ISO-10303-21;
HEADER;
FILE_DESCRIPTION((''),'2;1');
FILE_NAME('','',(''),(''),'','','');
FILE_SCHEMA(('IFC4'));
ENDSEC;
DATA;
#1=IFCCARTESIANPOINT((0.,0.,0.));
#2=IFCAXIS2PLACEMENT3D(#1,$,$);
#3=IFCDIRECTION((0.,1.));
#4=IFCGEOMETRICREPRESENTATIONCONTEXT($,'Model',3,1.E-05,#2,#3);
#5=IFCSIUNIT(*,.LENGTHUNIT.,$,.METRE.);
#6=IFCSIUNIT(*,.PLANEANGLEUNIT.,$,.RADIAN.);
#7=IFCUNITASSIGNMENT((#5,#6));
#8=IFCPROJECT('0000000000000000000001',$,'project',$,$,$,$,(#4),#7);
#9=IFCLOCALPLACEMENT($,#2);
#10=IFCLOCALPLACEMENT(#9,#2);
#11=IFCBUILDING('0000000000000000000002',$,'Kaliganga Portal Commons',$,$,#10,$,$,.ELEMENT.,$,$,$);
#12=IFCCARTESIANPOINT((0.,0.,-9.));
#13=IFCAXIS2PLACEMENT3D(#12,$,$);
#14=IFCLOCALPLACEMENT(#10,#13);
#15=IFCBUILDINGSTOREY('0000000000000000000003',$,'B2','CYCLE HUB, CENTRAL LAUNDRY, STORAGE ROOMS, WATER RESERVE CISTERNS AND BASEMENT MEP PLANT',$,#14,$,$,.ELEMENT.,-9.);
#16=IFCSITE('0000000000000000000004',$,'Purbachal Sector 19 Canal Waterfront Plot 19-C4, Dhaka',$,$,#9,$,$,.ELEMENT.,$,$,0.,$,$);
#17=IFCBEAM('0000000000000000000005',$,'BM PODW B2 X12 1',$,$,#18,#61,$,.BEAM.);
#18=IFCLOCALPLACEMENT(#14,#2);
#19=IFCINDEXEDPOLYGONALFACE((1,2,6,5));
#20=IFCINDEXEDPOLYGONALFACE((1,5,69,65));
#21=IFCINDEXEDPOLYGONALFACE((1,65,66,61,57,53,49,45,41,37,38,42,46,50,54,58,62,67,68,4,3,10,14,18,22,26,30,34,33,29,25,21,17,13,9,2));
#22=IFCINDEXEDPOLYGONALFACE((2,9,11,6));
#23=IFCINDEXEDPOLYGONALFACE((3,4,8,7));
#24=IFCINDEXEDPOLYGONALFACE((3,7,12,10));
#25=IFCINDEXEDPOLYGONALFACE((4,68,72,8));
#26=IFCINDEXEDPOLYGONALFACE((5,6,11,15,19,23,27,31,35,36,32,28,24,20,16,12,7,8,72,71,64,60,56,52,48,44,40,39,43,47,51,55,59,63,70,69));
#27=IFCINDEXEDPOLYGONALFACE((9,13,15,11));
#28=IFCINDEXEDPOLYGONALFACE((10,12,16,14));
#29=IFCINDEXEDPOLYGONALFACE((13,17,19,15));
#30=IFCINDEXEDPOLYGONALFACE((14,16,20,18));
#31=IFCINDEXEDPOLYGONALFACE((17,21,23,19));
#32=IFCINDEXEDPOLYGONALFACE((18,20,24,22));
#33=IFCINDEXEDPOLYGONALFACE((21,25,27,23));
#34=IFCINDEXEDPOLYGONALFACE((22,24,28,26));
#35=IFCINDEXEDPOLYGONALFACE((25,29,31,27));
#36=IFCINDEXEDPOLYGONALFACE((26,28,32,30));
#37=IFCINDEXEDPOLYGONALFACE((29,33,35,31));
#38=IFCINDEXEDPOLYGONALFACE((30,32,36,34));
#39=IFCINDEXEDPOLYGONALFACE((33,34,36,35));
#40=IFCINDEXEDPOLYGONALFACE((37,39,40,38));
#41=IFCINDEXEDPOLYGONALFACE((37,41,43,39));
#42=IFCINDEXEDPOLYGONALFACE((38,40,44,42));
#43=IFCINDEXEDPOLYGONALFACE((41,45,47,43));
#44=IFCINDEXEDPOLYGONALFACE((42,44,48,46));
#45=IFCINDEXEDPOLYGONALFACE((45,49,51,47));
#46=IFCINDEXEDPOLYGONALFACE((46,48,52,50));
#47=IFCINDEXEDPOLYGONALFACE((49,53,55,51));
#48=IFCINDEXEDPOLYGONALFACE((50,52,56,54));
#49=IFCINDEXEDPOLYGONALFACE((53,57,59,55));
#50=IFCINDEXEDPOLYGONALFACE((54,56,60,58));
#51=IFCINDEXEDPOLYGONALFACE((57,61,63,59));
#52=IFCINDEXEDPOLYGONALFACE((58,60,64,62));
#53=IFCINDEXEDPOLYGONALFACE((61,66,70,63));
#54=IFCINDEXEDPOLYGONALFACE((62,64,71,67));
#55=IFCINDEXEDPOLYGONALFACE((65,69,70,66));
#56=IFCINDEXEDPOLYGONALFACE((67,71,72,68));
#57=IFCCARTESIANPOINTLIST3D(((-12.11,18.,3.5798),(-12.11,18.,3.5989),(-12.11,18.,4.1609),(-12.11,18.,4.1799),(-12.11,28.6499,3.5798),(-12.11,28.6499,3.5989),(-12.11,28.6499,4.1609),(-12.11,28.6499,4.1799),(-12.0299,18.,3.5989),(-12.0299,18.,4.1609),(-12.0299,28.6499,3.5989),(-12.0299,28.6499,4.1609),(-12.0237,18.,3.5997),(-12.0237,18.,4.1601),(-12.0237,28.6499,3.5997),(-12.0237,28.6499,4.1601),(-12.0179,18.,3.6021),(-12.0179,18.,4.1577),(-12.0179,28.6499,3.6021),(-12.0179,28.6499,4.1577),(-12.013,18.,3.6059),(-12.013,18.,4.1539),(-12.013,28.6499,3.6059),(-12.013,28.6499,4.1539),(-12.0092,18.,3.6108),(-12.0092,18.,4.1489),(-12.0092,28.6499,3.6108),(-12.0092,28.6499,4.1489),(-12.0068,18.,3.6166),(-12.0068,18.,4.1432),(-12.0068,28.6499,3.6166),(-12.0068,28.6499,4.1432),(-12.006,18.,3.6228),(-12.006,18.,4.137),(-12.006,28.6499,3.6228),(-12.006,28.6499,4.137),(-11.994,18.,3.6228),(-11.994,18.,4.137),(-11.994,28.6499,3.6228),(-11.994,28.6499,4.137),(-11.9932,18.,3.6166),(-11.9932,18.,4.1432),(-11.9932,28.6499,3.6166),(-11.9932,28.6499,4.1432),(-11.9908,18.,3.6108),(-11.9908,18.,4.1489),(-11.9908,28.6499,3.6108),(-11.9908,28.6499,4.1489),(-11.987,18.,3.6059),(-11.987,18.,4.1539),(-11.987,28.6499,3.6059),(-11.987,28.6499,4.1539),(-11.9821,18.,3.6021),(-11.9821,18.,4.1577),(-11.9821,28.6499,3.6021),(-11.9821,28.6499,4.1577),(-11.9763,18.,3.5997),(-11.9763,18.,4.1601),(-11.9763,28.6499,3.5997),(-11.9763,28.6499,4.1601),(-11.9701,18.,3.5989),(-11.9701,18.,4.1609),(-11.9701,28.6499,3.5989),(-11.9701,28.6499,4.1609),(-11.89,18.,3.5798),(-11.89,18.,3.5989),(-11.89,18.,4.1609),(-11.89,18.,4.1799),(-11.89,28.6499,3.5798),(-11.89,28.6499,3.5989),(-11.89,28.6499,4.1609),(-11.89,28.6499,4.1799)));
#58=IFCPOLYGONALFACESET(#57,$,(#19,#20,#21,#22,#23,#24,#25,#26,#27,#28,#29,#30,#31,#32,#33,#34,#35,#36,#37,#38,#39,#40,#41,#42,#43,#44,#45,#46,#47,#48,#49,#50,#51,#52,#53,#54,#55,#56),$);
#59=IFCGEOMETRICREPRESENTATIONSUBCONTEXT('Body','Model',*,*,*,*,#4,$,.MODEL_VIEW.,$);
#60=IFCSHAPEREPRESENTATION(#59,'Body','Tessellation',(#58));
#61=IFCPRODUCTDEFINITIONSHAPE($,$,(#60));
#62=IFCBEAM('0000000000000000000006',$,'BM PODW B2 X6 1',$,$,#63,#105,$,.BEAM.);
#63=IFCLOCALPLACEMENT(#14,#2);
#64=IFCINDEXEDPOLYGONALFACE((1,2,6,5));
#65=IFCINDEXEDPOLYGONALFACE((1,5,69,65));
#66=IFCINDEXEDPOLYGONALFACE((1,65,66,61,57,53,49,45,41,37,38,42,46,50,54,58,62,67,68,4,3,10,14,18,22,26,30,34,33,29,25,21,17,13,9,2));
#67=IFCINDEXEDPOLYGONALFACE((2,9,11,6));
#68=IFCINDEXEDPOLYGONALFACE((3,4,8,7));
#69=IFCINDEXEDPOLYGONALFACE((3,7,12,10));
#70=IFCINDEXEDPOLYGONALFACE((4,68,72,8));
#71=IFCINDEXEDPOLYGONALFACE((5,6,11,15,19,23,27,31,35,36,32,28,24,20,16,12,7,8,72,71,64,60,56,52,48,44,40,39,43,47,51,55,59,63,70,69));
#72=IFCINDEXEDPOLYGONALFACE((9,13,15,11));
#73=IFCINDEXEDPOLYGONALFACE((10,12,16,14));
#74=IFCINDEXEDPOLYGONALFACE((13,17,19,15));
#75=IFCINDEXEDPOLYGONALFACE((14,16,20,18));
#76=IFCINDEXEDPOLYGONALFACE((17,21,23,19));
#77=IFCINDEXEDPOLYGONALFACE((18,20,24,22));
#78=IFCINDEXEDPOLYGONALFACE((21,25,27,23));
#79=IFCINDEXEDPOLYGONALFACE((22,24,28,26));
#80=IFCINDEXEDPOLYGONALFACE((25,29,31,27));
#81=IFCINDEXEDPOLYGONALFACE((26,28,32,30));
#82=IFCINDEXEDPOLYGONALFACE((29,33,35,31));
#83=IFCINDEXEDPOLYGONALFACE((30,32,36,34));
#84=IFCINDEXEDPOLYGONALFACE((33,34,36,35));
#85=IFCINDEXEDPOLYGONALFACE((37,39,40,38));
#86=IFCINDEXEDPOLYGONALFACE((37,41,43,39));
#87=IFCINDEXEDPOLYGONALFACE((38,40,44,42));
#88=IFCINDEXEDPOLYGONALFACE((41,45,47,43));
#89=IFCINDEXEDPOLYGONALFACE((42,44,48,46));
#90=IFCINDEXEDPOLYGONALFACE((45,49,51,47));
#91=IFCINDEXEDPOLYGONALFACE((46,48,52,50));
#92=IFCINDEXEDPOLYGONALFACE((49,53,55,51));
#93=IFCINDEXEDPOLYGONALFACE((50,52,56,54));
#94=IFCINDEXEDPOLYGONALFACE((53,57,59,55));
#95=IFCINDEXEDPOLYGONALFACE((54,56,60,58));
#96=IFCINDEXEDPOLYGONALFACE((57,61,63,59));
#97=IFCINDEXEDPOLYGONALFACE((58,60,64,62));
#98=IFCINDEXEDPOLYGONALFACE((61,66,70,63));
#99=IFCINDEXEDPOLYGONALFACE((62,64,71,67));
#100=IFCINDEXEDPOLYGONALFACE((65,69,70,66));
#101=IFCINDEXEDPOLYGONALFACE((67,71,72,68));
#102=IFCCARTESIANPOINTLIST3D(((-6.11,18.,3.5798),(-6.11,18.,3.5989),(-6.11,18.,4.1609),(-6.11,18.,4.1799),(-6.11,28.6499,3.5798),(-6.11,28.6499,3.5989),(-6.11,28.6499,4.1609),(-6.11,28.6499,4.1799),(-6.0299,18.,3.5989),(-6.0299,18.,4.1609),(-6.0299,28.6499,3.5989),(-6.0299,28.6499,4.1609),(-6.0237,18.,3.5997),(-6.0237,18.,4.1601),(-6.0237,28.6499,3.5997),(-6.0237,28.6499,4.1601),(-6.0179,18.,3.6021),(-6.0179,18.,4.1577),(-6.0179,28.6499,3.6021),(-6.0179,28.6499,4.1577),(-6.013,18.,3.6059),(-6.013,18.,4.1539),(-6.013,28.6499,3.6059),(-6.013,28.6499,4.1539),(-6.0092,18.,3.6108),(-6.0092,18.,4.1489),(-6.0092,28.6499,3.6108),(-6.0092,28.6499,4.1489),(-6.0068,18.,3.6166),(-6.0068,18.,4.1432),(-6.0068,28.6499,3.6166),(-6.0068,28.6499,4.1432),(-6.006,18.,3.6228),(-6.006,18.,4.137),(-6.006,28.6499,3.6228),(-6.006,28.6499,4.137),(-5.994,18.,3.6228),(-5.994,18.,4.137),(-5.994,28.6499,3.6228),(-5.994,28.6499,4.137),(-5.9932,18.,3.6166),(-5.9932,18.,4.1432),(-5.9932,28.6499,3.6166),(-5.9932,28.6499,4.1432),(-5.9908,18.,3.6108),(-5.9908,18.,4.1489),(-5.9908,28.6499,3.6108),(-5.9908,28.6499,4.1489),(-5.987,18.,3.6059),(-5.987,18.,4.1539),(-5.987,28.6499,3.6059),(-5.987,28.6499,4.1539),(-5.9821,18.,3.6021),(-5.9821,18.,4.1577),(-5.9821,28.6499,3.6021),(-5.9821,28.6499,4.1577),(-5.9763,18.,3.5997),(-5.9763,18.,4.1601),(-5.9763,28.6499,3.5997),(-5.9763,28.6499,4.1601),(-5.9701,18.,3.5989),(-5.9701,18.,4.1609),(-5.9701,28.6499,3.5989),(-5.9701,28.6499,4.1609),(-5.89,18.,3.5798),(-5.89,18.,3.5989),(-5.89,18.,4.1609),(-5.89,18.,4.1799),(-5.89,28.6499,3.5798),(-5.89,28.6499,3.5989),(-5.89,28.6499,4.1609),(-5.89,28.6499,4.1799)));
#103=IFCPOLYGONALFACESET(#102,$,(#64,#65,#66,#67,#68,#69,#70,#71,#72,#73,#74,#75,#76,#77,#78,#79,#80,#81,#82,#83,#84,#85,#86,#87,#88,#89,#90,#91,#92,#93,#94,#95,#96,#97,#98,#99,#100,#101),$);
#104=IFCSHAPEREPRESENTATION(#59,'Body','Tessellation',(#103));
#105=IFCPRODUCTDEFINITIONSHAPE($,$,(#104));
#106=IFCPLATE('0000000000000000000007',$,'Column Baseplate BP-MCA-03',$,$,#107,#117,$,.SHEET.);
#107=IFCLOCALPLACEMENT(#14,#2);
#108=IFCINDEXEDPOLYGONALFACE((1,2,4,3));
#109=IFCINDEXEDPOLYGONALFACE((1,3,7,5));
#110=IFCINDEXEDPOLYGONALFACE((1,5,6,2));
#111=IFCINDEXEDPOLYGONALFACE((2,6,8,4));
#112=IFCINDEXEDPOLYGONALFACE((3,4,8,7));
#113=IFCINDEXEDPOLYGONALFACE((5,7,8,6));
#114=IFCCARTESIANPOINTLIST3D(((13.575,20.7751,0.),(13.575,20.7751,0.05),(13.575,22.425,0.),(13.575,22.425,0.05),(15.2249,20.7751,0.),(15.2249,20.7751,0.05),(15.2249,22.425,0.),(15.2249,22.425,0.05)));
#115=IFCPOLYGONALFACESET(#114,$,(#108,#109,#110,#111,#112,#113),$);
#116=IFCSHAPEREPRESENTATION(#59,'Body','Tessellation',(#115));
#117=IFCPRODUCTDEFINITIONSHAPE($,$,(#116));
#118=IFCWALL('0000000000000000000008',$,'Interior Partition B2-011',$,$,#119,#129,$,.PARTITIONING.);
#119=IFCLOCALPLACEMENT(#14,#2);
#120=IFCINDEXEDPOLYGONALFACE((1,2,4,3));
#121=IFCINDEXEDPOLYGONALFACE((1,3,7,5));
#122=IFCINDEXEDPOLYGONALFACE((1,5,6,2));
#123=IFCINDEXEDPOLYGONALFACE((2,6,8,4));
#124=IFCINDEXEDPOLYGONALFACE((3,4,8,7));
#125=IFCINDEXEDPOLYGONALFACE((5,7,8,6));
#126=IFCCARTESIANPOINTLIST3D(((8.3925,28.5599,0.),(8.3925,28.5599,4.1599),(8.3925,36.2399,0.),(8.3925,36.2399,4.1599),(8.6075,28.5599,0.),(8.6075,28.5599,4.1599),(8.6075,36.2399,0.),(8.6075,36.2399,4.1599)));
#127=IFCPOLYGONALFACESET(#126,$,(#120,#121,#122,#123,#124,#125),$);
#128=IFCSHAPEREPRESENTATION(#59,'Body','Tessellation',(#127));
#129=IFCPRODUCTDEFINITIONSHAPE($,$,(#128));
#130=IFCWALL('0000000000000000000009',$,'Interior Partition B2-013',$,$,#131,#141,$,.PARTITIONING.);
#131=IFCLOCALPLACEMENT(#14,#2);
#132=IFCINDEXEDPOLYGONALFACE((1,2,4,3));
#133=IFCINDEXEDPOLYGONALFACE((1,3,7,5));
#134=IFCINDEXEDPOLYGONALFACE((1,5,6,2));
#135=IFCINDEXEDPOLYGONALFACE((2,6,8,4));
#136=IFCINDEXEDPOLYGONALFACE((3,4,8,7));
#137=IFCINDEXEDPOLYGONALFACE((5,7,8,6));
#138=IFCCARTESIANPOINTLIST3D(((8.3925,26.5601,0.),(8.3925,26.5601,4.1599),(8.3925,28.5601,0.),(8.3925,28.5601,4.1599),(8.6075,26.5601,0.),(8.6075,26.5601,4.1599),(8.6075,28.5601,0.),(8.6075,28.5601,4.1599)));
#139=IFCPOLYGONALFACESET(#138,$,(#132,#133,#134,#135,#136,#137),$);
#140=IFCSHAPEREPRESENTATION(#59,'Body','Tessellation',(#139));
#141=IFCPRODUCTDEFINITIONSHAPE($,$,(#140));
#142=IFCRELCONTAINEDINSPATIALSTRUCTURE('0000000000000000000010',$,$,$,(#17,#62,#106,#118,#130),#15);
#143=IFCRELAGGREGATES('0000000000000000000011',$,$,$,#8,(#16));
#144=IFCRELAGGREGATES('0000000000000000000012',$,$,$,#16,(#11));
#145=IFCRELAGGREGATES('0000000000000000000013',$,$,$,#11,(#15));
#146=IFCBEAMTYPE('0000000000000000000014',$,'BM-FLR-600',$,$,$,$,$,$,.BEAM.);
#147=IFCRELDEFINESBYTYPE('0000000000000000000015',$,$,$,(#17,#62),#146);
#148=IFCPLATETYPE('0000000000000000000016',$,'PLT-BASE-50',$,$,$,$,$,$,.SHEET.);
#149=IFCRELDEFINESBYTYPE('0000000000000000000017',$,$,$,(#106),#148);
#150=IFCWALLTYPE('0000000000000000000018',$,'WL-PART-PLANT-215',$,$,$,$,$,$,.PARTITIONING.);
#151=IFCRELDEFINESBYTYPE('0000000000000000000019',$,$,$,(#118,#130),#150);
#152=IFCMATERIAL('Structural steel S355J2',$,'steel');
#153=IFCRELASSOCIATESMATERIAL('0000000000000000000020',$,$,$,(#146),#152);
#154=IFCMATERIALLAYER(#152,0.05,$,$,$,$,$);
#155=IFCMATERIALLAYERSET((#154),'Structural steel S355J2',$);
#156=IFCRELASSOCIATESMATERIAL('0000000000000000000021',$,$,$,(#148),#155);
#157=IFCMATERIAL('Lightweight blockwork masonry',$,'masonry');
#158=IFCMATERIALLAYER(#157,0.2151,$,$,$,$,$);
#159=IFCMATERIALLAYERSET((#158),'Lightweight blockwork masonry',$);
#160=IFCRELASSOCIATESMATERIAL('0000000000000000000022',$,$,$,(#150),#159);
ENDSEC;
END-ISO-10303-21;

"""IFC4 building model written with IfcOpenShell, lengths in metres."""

from ifc_helpers import new_model, si_unit, direction, frame, frame_2d, origin, origin_2d, place, context, subcontext, project, spatial, rectangle, i_section, extrude, source, transform, mapped, material, layer, layer_set, material_profile, profile_set, type_object, element, save


model = new_model("IFC4")

# Units and contexts
model_context = context("Model", 3, precision=1e-05, world=origin(), true_north=direction((0.0, 1.0)))
body_context = subcontext(model_context, "Body", "Model", "MODEL_VIEW")
ifc_project = project(units=[si_unit("LENGTHUNIT", "METRE"), si_unit("PLANEANGLEUNIT", "RADIAN")], contexts=[model_context])

# Site, building, storey
site_placement = place(None, origin())
site = spatial("IfcSite", under=ifc_project, at=site_placement, Name="Purbachal Sector 19 Canal Waterfront Plot 19-C4, Dhaka", CompositionType="ELEMENT", RefElevation=0.0)
building_placement = place(site_placement, origin())
building = spatial("IfcBuilding", under=site, at=building_placement, Name="Kaliganga Portal Commons", CompositionType="ELEMENT")
storey_placement = place(building_placement, frame((0.0, 0.0, -9.0)))
storey = spatial("IfcBuildingStorey", under=building, at=storey_placement, Name="B2", Description="CYCLE HUB, CENTRAL LAUNDRY, STORAGE ROOMS, WATER RESERVE CISTERNS AND BASEMENT MEP PLANT", CompositionType="ELEMENT", Elevation=-9.0)

# Beams
ifc_material_1 = material(Name="Structural steel S355J2", Category="steel")
ifc_material_profile_1 = material_profile(ifc_material_1, i_section(OverallWidth=0.22, OverallDepth=0.6001, WebThickness=0.012, FlangeThickness=0.019, FilletRadius=0.0239, at=origin_2d()), Name="IPE 600")
ifc_profile_set_1 = profile_set([ifc_material_profile_1], Name="Structural steel S355J2 wide-flange")
beam_type_1 = type_object("IfcBeamType", Name="BM-FLR-600", PredefinedType="BEAM", material=ifc_profile_set_1)
shared_shape_1 = source(origin(), body_context, "Body", "SweptSolid", [
    extrude(i_section(OverallWidth=0.22, OverallDepth=0.6001, WebThickness=0.012, FlangeThickness=0.019, FilletRadius=0.0239, at=origin_2d()), origin(), (0.0, 0.0, 1.0), 10.6499),
])
for number, where, z_axis, x_axis, name in (
    (1, (-12.0, 18.0, 3.8799), (0.0, 1.0, 0.0), (-1.0, 0.0, 0.0), "BM PODW B2 X12 1"),
    (2, (-6.0, 18.0, 3.8799), (0.0, 1.0, 0.0), (-1.0, 0.0, 0.0), "BM PODW B2 X6 1"),
):
    element("IfcBeam", number, at=place(storey_placement, frame(where, z_axis=z_axis, x_axis=x_axis)), inside=storey, type_object=beam_type_1, Name=name, PredefinedType="BEAM", context=body_context, shape_type="MappedRepresentation", body=[
        mapped(shared_shape_1, transform((0.0, 0.0, 0.0), x_axis=(1.0, 0.0, 0.0), y_axis=(0.0, 1.0, 0.0), z_axis=(0.0, 0.0, 1.0), scale=1.0)),
    ])

# Plate
ifc_layer_1 = layer(ifc_material_1, 0.05)
ifc_layer_set_1 = layer_set([ifc_layer_1], Name="Structural steel S355J2")
plate_type = type_object("IfcPlateType", Name="PLT-BASE-50", PredefinedType="SHEET", material=ifc_layer_set_1)
shared_shape_2 = source(origin(), body_context, "Body", "SweptSolid", [
    extrude(rectangle(XDim=1.6499, YDim=1.6499, at=origin_2d()), origin(), (0.0, 0.0, 1.0), 0.05),
])
plate_placement = place(storey_placement, frame((14.3999, 21.6001, 0.0), z_axis=(0.0, 0.0, 1.0), x_axis=(1.0, 0.0, 0.0)))
element("IfcPlate", 3, at=plate_placement, inside=storey, type_object=plate_type, Name="Column Baseplate BP-MCA-03", PredefinedType="SHEET", context=body_context, shape_type="MappedRepresentation", body=[
    mapped(shared_shape_2, transform((0.0, 0.0, 0.0), x_axis=(1.0, 0.0, 0.0), y_axis=(0.0, 1.0, 0.0), z_axis=(0.0, 0.0, 1.0), scale=1.0)),
])

# Walls
ifc_material_2 = material(Name="Lightweight blockwork masonry", Category="masonry")
ifc_layer_2 = layer(ifc_material_2, 0.2151)
ifc_layer_set_2 = layer_set([ifc_layer_2], Name="Lightweight blockwork masonry")
wall_type = type_object("IfcWallType", Name="WL-PART-PLANT-215", PredefinedType="PARTITIONING", material=ifc_layer_set_2)
wall_1_placement = place(storey_placement, frame((8.5, 28.5601, 0.0), z_axis=(0.0, 0.0, 1.0), x_axis=(0.0, 1.0, 0.0)))
element("IfcWall", 4, at=wall_1_placement, inside=storey, type_object=wall_type, Name="Interior Partition B2-011", PredefinedType="PARTITIONING", context=body_context, shape_type="SweptSolid", body=[
    extrude(rectangle(XDim=7.6799, YDim=0.2151, at=frame_2d((3.8398, 0.0))), origin(), (0.0, 0.0, 1.0), 4.1599),
])
wall_2_placement = place(storey_placement, frame((8.5, 26.5601, 0.0), z_axis=(0.0, 0.0, 1.0), x_axis=(0.0, 1.0, 0.0)))
element("IfcWall", 5, at=wall_2_placement, inside=storey, type_object=wall_type, Name="Interior Partition B2-013", PredefinedType="PARTITIONING", context=body_context, shape_type="SweptSolid", body=[
    extrude(rectangle(XDim=2.0, YDim=0.2151, at=frame_2d((1.0, 0.0))), origin(), (0.0, 0.0, 1.0), 4.1599),
])

save(model, "model.ifc")
